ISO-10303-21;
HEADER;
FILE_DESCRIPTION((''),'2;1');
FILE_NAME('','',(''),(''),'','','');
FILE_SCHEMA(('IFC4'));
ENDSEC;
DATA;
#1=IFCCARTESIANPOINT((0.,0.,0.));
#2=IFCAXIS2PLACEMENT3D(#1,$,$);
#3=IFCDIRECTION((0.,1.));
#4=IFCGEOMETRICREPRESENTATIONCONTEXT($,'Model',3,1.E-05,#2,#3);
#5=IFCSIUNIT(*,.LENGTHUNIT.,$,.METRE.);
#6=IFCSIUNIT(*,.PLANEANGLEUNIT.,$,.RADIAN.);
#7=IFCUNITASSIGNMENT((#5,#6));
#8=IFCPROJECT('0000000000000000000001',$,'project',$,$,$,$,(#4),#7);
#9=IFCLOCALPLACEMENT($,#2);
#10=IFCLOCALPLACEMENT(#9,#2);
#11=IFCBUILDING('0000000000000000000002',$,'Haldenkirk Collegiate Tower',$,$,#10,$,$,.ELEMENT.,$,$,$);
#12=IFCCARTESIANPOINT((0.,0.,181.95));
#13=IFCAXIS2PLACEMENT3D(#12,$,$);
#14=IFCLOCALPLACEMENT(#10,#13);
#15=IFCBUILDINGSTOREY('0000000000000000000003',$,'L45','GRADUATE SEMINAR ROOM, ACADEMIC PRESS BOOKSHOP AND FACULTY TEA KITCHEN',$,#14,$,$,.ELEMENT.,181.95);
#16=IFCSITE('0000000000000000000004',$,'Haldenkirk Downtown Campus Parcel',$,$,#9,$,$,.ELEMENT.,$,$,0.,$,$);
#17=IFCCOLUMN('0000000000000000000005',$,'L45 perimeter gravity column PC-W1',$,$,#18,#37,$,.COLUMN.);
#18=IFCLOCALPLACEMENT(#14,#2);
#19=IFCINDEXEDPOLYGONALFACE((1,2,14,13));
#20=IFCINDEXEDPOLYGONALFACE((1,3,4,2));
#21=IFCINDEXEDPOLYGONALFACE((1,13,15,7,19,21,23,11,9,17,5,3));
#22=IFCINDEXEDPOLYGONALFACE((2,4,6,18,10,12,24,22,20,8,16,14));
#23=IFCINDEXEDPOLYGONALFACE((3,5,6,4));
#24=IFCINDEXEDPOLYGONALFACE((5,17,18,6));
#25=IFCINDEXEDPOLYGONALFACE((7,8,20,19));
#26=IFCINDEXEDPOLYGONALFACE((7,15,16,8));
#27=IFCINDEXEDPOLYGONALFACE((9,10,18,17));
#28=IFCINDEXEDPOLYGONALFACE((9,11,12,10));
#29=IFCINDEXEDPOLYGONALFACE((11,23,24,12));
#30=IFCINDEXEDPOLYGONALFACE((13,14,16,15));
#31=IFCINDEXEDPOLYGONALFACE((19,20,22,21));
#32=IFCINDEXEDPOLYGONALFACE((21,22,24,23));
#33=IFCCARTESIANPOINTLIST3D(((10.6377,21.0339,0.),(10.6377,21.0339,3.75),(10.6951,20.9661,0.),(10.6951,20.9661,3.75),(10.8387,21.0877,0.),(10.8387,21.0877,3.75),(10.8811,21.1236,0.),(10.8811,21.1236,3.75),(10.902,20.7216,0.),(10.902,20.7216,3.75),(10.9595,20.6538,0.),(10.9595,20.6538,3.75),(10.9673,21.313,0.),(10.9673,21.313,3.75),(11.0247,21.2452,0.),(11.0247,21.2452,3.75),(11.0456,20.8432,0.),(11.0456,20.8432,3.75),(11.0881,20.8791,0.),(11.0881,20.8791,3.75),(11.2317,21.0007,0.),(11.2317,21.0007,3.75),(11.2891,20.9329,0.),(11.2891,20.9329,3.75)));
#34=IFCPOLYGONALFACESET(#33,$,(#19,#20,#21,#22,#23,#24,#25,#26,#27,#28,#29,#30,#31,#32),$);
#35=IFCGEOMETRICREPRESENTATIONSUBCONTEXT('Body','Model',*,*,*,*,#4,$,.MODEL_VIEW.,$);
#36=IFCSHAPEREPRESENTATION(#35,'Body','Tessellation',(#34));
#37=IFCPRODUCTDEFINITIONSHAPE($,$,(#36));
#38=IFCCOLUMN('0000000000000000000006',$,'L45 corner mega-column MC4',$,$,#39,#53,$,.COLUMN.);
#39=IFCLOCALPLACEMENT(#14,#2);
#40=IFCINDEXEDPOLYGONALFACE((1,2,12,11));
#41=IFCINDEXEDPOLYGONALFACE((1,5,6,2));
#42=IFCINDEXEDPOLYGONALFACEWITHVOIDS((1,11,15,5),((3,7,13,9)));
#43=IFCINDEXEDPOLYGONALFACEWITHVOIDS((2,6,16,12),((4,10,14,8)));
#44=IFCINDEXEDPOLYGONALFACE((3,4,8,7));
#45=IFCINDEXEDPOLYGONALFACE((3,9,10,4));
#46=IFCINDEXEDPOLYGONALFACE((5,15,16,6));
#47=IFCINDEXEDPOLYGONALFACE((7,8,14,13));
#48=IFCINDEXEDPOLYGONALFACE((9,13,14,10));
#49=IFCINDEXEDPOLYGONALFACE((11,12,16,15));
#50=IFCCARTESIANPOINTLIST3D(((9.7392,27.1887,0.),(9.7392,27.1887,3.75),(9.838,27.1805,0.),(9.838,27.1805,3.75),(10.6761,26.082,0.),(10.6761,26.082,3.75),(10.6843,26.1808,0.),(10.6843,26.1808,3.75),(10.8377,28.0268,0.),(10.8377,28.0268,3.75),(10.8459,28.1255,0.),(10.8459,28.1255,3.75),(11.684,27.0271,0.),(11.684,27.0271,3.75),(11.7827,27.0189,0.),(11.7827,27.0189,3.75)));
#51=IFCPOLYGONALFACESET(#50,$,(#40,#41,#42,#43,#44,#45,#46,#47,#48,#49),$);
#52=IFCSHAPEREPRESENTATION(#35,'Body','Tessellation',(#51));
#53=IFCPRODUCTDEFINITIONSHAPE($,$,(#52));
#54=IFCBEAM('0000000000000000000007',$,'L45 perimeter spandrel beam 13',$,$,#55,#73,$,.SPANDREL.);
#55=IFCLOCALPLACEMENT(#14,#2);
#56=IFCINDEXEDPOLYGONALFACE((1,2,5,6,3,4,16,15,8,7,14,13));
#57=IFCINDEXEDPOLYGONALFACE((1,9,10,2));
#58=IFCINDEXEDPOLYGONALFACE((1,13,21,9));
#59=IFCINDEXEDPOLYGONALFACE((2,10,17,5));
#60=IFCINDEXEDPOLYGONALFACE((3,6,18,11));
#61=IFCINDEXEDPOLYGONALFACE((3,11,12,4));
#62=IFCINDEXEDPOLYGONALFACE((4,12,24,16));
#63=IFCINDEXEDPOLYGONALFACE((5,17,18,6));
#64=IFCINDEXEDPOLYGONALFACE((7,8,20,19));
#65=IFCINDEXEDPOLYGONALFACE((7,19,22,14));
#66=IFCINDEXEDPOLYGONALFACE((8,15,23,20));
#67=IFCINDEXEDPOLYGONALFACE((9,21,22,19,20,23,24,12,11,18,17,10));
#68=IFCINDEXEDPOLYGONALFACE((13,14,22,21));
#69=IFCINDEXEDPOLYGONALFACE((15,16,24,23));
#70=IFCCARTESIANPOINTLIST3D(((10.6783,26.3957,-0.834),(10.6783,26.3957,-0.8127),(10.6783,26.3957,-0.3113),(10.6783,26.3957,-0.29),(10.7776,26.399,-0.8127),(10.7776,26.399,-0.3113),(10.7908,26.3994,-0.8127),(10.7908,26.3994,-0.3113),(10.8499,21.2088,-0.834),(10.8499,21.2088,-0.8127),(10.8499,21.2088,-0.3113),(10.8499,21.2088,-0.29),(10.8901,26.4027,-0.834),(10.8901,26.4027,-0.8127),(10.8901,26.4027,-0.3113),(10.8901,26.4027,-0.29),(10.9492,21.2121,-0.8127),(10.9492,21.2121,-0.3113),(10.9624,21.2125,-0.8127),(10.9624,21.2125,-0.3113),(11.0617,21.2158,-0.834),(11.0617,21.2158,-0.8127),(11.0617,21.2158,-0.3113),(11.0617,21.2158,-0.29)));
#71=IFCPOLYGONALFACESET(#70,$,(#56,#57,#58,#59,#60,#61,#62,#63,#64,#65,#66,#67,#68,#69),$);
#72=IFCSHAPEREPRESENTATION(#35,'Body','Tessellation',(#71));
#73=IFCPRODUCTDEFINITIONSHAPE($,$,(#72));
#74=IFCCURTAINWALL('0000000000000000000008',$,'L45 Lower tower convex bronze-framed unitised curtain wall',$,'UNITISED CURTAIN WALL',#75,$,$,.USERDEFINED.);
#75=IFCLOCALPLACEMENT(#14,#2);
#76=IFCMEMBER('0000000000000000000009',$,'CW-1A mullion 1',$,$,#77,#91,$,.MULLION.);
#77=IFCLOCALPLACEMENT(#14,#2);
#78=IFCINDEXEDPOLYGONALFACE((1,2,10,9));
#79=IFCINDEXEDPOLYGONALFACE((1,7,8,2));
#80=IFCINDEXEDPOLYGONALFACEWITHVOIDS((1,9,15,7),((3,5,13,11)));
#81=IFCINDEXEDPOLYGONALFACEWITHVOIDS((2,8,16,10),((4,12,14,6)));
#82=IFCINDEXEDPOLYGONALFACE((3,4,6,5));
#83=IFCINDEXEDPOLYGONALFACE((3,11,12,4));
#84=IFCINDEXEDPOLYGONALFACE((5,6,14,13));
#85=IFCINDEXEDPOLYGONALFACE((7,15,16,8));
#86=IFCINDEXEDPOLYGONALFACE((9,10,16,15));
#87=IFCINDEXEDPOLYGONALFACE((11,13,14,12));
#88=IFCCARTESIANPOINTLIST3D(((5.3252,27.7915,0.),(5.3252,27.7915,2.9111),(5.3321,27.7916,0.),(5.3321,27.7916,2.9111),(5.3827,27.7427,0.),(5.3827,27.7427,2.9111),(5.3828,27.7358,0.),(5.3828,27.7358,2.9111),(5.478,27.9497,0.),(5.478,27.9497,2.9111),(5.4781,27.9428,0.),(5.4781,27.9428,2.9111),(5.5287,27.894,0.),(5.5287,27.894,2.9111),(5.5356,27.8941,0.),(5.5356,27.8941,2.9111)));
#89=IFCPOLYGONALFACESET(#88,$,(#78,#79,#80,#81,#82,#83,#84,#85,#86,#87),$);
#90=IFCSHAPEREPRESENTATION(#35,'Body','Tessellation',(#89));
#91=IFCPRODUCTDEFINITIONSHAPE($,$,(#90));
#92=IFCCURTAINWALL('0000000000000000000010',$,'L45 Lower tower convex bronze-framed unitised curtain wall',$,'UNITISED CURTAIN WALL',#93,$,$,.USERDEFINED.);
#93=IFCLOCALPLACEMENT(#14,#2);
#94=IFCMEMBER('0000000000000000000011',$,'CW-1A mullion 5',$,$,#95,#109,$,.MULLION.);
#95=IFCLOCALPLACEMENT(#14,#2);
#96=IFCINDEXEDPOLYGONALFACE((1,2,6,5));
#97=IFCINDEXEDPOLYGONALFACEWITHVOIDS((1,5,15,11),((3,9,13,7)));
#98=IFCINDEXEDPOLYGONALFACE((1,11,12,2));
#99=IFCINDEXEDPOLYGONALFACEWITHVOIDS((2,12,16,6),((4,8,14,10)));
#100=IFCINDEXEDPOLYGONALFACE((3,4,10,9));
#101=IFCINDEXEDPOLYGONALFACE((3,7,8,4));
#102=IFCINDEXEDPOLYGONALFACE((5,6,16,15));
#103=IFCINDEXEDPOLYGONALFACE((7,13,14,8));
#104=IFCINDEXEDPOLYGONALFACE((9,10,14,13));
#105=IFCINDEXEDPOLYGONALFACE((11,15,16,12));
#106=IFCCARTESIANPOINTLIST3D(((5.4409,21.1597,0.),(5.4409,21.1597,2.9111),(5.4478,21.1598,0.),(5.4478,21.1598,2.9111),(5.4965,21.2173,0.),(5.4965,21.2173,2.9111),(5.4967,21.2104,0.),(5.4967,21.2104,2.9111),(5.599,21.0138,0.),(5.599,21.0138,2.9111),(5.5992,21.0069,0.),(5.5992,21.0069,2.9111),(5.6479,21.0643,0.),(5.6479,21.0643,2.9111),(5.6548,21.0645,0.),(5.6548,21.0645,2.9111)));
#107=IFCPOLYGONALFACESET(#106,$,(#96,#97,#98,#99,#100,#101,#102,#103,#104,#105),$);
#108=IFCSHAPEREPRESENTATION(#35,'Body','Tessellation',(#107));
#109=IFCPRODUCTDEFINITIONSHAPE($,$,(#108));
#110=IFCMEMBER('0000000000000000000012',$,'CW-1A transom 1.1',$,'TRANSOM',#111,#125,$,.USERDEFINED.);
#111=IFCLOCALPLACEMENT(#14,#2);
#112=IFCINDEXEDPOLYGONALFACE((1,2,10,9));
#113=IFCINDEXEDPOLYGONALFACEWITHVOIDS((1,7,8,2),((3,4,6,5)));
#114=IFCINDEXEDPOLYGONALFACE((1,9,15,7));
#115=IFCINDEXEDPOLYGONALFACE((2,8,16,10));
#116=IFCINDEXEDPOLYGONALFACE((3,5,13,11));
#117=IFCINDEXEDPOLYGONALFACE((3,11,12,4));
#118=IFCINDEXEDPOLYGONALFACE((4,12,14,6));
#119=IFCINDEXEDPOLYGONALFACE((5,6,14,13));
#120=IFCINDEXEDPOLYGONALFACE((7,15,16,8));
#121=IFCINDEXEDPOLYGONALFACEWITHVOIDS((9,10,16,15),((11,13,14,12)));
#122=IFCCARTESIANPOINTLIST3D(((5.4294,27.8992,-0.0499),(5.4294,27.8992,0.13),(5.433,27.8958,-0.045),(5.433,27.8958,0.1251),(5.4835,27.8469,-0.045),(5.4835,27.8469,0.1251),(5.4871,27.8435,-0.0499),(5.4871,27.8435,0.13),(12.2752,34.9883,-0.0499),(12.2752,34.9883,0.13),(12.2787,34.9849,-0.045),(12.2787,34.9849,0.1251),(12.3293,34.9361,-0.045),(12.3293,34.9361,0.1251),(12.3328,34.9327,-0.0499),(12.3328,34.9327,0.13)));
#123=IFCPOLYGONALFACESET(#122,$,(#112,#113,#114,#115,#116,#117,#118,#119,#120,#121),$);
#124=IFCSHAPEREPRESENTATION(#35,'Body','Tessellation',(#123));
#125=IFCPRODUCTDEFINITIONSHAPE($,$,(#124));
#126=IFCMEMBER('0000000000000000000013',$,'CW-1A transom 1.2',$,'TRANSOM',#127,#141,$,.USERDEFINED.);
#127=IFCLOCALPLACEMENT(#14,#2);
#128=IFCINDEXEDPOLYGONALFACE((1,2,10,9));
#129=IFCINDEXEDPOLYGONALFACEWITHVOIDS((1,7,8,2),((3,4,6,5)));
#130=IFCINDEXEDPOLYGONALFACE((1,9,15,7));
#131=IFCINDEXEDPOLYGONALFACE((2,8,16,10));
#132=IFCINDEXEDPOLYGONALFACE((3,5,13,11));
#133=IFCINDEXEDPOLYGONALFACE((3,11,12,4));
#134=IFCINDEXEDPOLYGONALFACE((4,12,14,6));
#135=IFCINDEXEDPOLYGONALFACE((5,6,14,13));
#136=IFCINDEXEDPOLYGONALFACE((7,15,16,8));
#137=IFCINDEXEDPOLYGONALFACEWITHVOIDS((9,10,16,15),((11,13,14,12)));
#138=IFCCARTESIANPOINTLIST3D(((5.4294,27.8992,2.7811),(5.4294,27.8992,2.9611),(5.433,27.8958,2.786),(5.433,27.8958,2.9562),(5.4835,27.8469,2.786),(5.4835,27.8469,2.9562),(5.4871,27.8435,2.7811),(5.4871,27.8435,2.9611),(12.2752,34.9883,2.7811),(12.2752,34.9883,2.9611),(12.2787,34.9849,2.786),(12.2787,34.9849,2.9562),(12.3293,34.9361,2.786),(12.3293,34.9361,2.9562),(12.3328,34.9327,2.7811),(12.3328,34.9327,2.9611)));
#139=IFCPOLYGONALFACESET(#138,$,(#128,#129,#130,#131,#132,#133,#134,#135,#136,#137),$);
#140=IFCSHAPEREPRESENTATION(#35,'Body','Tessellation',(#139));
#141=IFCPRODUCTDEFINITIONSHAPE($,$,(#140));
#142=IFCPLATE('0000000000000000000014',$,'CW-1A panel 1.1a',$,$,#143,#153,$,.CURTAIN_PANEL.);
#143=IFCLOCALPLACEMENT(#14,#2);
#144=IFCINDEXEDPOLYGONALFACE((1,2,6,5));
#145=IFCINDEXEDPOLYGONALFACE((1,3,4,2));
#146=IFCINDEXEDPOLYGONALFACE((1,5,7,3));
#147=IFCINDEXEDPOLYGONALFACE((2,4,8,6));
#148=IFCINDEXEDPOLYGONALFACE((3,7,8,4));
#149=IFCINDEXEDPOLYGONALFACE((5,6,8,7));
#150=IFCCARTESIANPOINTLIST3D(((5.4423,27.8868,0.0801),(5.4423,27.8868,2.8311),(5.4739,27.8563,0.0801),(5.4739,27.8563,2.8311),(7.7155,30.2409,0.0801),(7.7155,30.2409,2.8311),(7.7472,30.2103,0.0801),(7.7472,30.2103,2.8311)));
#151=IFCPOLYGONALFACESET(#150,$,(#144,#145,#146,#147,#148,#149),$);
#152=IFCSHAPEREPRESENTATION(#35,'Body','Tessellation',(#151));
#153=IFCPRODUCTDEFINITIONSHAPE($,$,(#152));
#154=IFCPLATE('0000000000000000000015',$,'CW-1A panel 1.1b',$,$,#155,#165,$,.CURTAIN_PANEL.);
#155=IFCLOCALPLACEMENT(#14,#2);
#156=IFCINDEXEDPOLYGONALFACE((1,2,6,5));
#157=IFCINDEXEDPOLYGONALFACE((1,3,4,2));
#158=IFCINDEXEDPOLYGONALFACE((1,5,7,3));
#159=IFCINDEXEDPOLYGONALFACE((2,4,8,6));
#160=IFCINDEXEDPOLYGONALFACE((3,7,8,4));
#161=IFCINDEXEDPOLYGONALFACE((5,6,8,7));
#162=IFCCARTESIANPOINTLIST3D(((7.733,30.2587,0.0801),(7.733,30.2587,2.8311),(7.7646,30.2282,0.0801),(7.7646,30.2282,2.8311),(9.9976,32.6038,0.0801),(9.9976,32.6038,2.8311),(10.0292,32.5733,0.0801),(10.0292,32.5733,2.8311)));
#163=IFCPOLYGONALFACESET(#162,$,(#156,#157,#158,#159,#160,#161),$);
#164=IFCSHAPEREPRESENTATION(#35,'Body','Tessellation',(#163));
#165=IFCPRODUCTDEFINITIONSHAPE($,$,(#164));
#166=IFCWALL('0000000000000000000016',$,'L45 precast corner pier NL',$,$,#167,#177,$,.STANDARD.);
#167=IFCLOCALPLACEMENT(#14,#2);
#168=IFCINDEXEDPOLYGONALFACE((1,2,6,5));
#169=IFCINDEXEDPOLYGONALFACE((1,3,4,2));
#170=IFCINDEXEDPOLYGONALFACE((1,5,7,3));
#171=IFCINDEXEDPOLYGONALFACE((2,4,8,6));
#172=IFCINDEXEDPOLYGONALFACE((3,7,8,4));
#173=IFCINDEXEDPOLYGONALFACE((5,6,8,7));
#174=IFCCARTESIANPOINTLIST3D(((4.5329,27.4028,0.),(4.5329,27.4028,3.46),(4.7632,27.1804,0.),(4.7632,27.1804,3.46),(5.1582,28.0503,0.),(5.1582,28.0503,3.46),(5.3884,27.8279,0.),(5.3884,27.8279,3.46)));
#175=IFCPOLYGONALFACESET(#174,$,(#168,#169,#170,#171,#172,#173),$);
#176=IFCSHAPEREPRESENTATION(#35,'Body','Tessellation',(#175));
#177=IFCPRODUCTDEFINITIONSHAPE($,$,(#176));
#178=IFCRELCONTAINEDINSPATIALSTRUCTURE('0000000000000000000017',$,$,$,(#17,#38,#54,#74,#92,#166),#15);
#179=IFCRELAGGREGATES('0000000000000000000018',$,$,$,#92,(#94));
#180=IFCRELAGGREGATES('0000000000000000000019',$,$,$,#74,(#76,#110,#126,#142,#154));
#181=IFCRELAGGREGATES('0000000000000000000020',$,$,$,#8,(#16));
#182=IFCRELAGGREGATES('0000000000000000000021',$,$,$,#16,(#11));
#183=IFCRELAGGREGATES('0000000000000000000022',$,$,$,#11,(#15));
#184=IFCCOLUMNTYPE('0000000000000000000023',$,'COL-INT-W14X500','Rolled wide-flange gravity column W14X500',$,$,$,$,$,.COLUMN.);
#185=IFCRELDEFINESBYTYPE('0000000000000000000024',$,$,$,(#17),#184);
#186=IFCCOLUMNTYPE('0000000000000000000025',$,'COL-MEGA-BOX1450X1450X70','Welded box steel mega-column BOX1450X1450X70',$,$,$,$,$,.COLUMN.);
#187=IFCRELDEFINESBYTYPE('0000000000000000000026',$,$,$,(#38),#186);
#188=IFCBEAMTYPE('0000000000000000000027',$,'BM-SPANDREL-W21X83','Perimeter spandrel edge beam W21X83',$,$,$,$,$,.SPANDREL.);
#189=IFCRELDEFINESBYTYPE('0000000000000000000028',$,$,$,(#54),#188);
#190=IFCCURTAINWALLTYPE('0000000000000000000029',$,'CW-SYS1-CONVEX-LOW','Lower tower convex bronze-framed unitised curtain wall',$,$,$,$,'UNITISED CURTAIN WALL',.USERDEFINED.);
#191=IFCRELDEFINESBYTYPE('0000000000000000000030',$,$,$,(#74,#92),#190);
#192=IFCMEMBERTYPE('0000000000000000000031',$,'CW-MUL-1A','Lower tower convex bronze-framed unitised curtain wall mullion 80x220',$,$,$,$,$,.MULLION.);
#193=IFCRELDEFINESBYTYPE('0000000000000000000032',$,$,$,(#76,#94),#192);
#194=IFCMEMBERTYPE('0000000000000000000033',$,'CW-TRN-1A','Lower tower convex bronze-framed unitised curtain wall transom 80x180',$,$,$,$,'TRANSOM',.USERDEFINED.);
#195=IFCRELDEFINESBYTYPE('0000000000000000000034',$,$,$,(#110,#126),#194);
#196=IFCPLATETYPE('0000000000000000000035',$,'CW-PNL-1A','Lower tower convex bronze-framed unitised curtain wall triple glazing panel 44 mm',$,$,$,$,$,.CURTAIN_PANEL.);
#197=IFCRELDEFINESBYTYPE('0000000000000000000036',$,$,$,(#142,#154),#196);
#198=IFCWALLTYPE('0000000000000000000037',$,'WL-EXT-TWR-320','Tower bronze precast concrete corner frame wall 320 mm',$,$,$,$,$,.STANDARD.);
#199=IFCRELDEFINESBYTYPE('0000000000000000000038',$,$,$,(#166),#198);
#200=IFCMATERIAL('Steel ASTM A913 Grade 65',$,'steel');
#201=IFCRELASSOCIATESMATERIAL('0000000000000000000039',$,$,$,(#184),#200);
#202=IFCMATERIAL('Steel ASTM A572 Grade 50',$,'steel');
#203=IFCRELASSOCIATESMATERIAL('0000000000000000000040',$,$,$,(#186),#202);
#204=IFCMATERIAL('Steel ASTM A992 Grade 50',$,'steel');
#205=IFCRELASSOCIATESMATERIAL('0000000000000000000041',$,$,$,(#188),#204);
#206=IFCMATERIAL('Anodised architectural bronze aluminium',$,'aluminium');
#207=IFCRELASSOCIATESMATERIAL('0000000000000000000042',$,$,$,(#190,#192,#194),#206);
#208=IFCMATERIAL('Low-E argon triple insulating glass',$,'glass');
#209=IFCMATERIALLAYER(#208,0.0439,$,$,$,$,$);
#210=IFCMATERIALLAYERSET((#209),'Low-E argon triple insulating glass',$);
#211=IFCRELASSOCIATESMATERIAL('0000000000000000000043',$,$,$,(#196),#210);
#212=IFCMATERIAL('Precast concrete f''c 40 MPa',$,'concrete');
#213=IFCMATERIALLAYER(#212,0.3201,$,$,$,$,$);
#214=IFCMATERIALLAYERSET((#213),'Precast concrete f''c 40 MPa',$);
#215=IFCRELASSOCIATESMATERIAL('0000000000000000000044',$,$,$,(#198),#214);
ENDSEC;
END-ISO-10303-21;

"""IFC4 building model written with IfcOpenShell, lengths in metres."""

from ifc_helpers import new_model, si_unit, direction, frame, frame_2d, origin, origin_2d, place, context, subcontext, project, spatial, rectangle, hollow_rectangle, i_section, extrude, source, transform, mapped, material, layer, layer_set, material_profile, profile_set, type_object, element, aggregate, save


model = new_model("IFC4")

# Units and contexts
model_context = context("Model", 3, precision=1e-05, world=origin(), true_north=direction((0.0, 1.0)))
body_context = subcontext(model_context, "Body", "Model", "MODEL_VIEW")
ifc_project = project(units=[si_unit("LENGTHUNIT", "METRE"), si_unit("PLANEANGLEUNIT", "RADIAN")], contexts=[model_context])

# Site, building, storey
site_placement = place(None, origin())
site = spatial("IfcSite", under=ifc_project, at=site_placement, Name="Haldenkirk Downtown Campus Parcel", CompositionType="ELEMENT", RefElevation=0.0)
building_placement = place(site_placement, origin())
building = spatial("IfcBuilding", under=site, at=building_placement, Name="Haldenkirk Collegiate Tower", CompositionType="ELEMENT")
storey_placement = place(building_placement, frame((0.0, 0.0, 181.95)))
storey = spatial("IfcBuildingStorey", under=building, at=storey_placement, Name="L45", Description="GRADUATE SEMINAR ROOM, ACADEMIC PRESS BOOKSHOP AND FACULTY TEA KITCHEN", CompositionType="ELEMENT", Elevation=181.95)

# Columns
ifc_material_1 = material(Name="Steel ASTM A913 Grade 65", Category="steel")
ifc_material_profile_1 = material_profile(ifc_material_1, i_section(OverallWidth=0.4319, OverallDepth=0.498, WebThickness=0.0557, FlangeThickness=0.0889, at=origin_2d()), Name="W14X500")
ifc_profile_set_1 = profile_set([ifc_material_profile_1], Name="Steel ASTM A913 Grade 65")
column_type_1 = type_object("IfcColumnType", Name="COL-INT-W14X500", Description="Rolled wide-flange gravity column W14X500", PredefinedType="COLUMN", material=ifc_profile_set_1)
column_1_placement = place(storey_placement, frame((10.9634, 20.9834, 0.0), z_axis=(0.0, 0.0, 1.0), x_axis=(0.763232, 0.646124, 0.0)))
element("IfcColumn", 1, at=column_1_placement, inside=storey, type_object=column_type_1, Name="L45 perimeter gravity column PC-W1", PredefinedType="COLUMN", context=body_context, shape_type="SweptSolid", body=[
    extrude(i_section(OverallWidth=0.4319, OverallDepth=0.498, WebThickness=0.0557, FlangeThickness=0.0889, at=origin_2d()), origin(), (0.0, 0.0, 1.0), 3.75),
])
ifc_material_2 = material(Name="Steel ASTM A572 Grade 50", Category="steel")
ifc_material_profile_2 = material_profile(ifc_material_2, hollow_rectangle(XDim=1.45, YDim=1.45, WallThickness=0.0701, at=origin_2d()), Name="BOX1450X1450X70")
ifc_profile_set_2 = profile_set([ifc_material_profile_2], Name="Steel ASTM A572 Grade 50")
column_type_2 = type_object("IfcColumnType", Name="COL-MEGA-BOX1450X1450X70", Description="Welded box steel mega-column BOX1450X1450X70", PredefinedType="COLUMN", material=ifc_profile_set_2)
column_2_placement = place(storey_placement, frame((10.761, 27.1038, 0.0), z_axis=(0.0, 0.0, 1.0), x_axis=(0.763232, 0.646124, 0.0)))
element("IfcColumn", 2, at=column_2_placement, inside=storey, type_object=column_type_2, Name="L45 corner mega-column MC4", PredefinedType="COLUMN", context=body_context, shape_type="SweptSolid", body=[
    extrude(hollow_rectangle(XDim=1.45, YDim=1.45, WallThickness=0.0701, at=origin_2d()), origin(), (0.0, 0.0, 1.0), 3.75),
])

# Beam
ifc_material_3 = material(Name="Steel ASTM A992 Grade 50", Category="steel")
ifc_material_profile_3 = material_profile(ifc_material_3, i_section(OverallWidth=0.2119, OverallDepth=0.5439, WebThickness=0.0132, FlangeThickness=0.0212, at=origin_2d()), Name="W21X83")
ifc_profile_set_3 = profile_set([ifc_material_profile_3], Name="Steel ASTM A992 Grade 50")
beam_type = type_object("IfcBeamType", Name="BM-SPANDREL-W21X83", Description="Perimeter spandrel edge beam W21X83", PredefinedType="SPANDREL", material=ifc_profile_set_3)
beam_placement = place(storey_placement, frame((10.7842, 26.3992, -0.562), z_axis=(0.033072, -0.999453, 0.0), x_axis=(0.999453, 0.033072, 0.0)))
element("IfcBeam", 3, at=beam_placement, inside=storey, type_object=beam_type, Name="L45 perimeter spandrel beam 13", PredefinedType="SPANDREL", context=body_context, shape_type="SweptSolid", body=[
    extrude(i_section(OverallWidth=0.2119, OverallDepth=0.5439, WebThickness=0.0132, FlangeThickness=0.0212, at=origin_2d()), origin(), (0.0, 0.0, 1.0), 5.1897),
])

# Curtain walls, members
ifc_material_4 = material(Name="Anodised architectural bronze aluminium", Category="aluminium")
curtain_wall_type = type_object("IfcCurtainWallType", Name="CW-SYS1-CONVEX-LOW", Description="Lower tower convex bronze-framed unitised curtain wall", ElementType="UNITISED CURTAIN WALL", PredefinedType="USERDEFINED", material=ifc_material_4)
curtain_wall_1_placement = place(storey_placement, origin())
curtain_wall_1 = element("IfcCurtainWall", 4, at=curtain_wall_1_placement, inside=storey, type_object=curtain_wall_type, Name="L45 Lower tower convex bronze-framed unitised curtain wall", ObjectType="UNITISED CURTAIN WALL", PredefinedType="USERDEFINED")
ifc_material_profile_4 = material_profile(ifc_material_4, hollow_rectangle(XDim=0.0801, YDim=0.22, WallThickness=0.0049, at=origin_2d()), Name="CW-MUL-1A")
ifc_profile_set_4 = profile_set([ifc_material_profile_4], Name="Anodised architectural bronze aluminium")
member_type_1 = type_object("IfcMemberType", Name="CW-MUL-1A", Description="Lower tower convex bronze-framed unitised curtain wall mullion 80x220", PredefinedType="MULLION", material=ifc_profile_set_4)
member_1_placement = place(storey_placement, frame((5.4304, 27.8428, 0.0), z_axis=(0.0, 0.0, 1.0), x_axis=(-0.719341, 0.694657, 0.0)))
member_1 = element("IfcMember", 5, at=member_1_placement, type_object=member_type_1, Name="CW-1A mullion 1", PredefinedType="MULLION", context=body_context, shape_type="SweptSolid", body=[
    extrude(hollow_rectangle(XDim=0.0801, YDim=0.22, WallThickness=0.0049, at=origin_2d()), origin(), (0.0, 0.0, 1.0), 2.9111),
])
curtain_wall_2_placement = place(storey_placement, origin())
curtain_wall_2 = element("IfcCurtainWall", 6, at=curtain_wall_2_placement, inside=storey, type_object=curtain_wall_type, Name="L45 Lower tower convex bronze-framed unitised curtain wall", ObjectType="UNITISED CURTAIN WALL", PredefinedType="USERDEFINED")
member_2_placement = place(storey_placement, frame((5.5479, 21.1121, 0.0), z_axis=(0.0, 0.0, 1.0), x_axis=(-0.694658, -0.719341, 0.0)))
member_2 = element("IfcMember", 7, at=member_2_placement, type_object=member_type_1, Name="CW-1A mullion 5", PredefinedType="MULLION", context=body_context, shape_type="SweptSolid", body=[
    extrude(hollow_rectangle(XDim=0.0801, YDim=0.22, WallThickness=0.0049, at=origin_2d()), origin(), (0.0, 0.0, 1.0), 2.9111),
])
aggregate(curtain_wall_2, [member_2])

# Members
ifc_material_profile_5 = material_profile(ifc_material_4, hollow_rectangle(XDim=0.0801, YDim=0.1799, WallThickness=0.0049, at=origin_2d()), Name="CW-TRN-1A")
ifc_profile_set_5 = profile_set([ifc_material_profile_5], Name="Anodised architectural bronze aluminium")
member_type_2 = type_object("IfcMemberType", Name="CW-TRN-1A", Description="Lower tower convex bronze-framed unitised curtain wall transom 80x180", ElementType="TRANSOM", PredefinedType="USERDEFINED", material=ifc_profile_set_5)
member_3_placement = place(storey_placement, frame((5.4583, 27.8713, 0.04), z_axis=(0.694649, 0.719349, 0.0), x_axis=(-0.719349, 0.694649, 0.0)))
member_3 = element("IfcMember", 8, at=member_3_placement, type_object=member_type_2, Name="CW-1A transom 1.1", ObjectType="TRANSOM", PredefinedType="USERDEFINED", context=body_context, shape_type="SweptSolid", body=[
    extrude(hollow_rectangle(XDim=0.0801, YDim=0.1799, WallThickness=0.0049, at=origin_2d()), origin(), (0.0, 0.0, 1.0), 9.855),
])
member_4_placement = place(storey_placement, frame((5.4583, 27.8713, 2.8711), z_axis=(0.694649, 0.719349, 0.0), x_axis=(-0.719349, 0.694649, 0.0)))
member_4 = element("IfcMember", 9, at=member_4_placement, type_object=member_type_2, Name="CW-1A transom 1.2", ObjectType="TRANSOM", PredefinedType="USERDEFINED", context=body_context, shape_type="SweptSolid", body=[
    extrude(hollow_rectangle(XDim=0.0801, YDim=0.1799, WallThickness=0.0049, at=origin_2d()), origin(), (0.0, 0.0, 1.0), 9.855),
])

# Plates
ifc_material_5 = material(Name="Low-E argon triple insulating glass", Category="glass")
ifc_layer_1 = layer(ifc_material_5, 0.0439)
ifc_layer_set_1 = layer_set([ifc_layer_1], Name="Low-E argon triple insulating glass")
plate_type = type_object("IfcPlateType", Name="CW-PNL-1A", Description="Lower tower convex bronze-framed unitised curtain wall triple glazing panel 44 mm", PredefinedType="CURTAIN_PANEL", material=ifc_layer_set_1)
shared_shape_1 = source(origin(), body_context, "Body", "SweptSolid", [
    extrude(rectangle(XDim=3.2725, YDim=0.0439, at=origin_2d()), origin(), (0.0, 0.0, 1.0), 2.751),
])
plate_1_placement = place(storey_placement, frame((6.5947, 29.0486, 0.0801), z_axis=(0.0, 0.0, 1.0), x_axis=(0.694657, 0.719341, 0.0)))
plate_1 = element("IfcPlate", 10, at=plate_1_placement, type_object=plate_type, Name="CW-1A panel 1.1a", PredefinedType="CURTAIN_PANEL", context=body_context, shape_type="MappedRepresentation", body=[
    mapped(shared_shape_1, transform((0.0, 0.0, 0.0), x_axis=(1.0, 0.0, 0.0), y_axis=(0.0, 1.0, 0.0), z_axis=(0.0, 0.0, 1.0), scale=1.0)),
])
shared_shape_2 = source(origin(), body_context, "Body", "SweptSolid", [
    extrude(rectangle(XDim=3.26, YDim=0.0439, at=origin_2d()), origin(), (0.0, 0.0, 1.0), 2.751),
])
plate_2_placement = place(storey_placement, frame((8.8811, 31.416, 0.0801), z_axis=(0.0, 0.0, 1.0), x_axis=(0.694657, 0.719341, 0.0)))
plate_2 = element("IfcPlate", 11, at=plate_2_placement, type_object=plate_type, Name="CW-1A panel 1.1b", PredefinedType="CURTAIN_PANEL", context=body_context, shape_type="MappedRepresentation", body=[
    mapped(shared_shape_2, transform((0.0, 0.0, 0.0), x_axis=(1.0, 0.0, 0.0), y_axis=(0.0, 1.0, 0.0), z_axis=(0.0, 0.0, 1.0), scale=1.0)),
])
aggregate(curtain_wall_1, [member_1, member_3, member_4, plate_1, plate_2])

# Wall
ifc_material_6 = material(Name="Precast concrete f'c 40 MPa", Category="concrete")
ifc_layer_2 = layer(ifc_material_6, 0.3201)
ifc_layer_set_2 = layer_set([ifc_layer_2], Name="Precast concrete f'c 40 MPa")
wall_type_1 = type_object("IfcWallType", Name="WL-EXT-TWR-320", Description="Tower bronze precast concrete corner frame wall 320 mm", PredefinedType="STANDARD", material=ifc_layer_set_2)
wall_1_placement = place(storey_placement, frame((4.6479, 27.2915, 0.0), z_axis=(0.0, 0.0, 1.0), x_axis=(0.694657, 0.719341, 0.0)))
element("IfcWall", 12, at=wall_1_placement, inside=storey, type_object=wall_type_1, Name="L45 precast corner pier NL", PredefinedType="STANDARD", context=body_context, shape_type="SweptSolid", body=[
    extrude(rectangle(XDim=0.9001, YDim=0.3201, at=frame_2d((0.4502, 0.0))), origin(), (0.0, 0.0, 1.0), 3.46),
])

save(model, "model.ifc")
